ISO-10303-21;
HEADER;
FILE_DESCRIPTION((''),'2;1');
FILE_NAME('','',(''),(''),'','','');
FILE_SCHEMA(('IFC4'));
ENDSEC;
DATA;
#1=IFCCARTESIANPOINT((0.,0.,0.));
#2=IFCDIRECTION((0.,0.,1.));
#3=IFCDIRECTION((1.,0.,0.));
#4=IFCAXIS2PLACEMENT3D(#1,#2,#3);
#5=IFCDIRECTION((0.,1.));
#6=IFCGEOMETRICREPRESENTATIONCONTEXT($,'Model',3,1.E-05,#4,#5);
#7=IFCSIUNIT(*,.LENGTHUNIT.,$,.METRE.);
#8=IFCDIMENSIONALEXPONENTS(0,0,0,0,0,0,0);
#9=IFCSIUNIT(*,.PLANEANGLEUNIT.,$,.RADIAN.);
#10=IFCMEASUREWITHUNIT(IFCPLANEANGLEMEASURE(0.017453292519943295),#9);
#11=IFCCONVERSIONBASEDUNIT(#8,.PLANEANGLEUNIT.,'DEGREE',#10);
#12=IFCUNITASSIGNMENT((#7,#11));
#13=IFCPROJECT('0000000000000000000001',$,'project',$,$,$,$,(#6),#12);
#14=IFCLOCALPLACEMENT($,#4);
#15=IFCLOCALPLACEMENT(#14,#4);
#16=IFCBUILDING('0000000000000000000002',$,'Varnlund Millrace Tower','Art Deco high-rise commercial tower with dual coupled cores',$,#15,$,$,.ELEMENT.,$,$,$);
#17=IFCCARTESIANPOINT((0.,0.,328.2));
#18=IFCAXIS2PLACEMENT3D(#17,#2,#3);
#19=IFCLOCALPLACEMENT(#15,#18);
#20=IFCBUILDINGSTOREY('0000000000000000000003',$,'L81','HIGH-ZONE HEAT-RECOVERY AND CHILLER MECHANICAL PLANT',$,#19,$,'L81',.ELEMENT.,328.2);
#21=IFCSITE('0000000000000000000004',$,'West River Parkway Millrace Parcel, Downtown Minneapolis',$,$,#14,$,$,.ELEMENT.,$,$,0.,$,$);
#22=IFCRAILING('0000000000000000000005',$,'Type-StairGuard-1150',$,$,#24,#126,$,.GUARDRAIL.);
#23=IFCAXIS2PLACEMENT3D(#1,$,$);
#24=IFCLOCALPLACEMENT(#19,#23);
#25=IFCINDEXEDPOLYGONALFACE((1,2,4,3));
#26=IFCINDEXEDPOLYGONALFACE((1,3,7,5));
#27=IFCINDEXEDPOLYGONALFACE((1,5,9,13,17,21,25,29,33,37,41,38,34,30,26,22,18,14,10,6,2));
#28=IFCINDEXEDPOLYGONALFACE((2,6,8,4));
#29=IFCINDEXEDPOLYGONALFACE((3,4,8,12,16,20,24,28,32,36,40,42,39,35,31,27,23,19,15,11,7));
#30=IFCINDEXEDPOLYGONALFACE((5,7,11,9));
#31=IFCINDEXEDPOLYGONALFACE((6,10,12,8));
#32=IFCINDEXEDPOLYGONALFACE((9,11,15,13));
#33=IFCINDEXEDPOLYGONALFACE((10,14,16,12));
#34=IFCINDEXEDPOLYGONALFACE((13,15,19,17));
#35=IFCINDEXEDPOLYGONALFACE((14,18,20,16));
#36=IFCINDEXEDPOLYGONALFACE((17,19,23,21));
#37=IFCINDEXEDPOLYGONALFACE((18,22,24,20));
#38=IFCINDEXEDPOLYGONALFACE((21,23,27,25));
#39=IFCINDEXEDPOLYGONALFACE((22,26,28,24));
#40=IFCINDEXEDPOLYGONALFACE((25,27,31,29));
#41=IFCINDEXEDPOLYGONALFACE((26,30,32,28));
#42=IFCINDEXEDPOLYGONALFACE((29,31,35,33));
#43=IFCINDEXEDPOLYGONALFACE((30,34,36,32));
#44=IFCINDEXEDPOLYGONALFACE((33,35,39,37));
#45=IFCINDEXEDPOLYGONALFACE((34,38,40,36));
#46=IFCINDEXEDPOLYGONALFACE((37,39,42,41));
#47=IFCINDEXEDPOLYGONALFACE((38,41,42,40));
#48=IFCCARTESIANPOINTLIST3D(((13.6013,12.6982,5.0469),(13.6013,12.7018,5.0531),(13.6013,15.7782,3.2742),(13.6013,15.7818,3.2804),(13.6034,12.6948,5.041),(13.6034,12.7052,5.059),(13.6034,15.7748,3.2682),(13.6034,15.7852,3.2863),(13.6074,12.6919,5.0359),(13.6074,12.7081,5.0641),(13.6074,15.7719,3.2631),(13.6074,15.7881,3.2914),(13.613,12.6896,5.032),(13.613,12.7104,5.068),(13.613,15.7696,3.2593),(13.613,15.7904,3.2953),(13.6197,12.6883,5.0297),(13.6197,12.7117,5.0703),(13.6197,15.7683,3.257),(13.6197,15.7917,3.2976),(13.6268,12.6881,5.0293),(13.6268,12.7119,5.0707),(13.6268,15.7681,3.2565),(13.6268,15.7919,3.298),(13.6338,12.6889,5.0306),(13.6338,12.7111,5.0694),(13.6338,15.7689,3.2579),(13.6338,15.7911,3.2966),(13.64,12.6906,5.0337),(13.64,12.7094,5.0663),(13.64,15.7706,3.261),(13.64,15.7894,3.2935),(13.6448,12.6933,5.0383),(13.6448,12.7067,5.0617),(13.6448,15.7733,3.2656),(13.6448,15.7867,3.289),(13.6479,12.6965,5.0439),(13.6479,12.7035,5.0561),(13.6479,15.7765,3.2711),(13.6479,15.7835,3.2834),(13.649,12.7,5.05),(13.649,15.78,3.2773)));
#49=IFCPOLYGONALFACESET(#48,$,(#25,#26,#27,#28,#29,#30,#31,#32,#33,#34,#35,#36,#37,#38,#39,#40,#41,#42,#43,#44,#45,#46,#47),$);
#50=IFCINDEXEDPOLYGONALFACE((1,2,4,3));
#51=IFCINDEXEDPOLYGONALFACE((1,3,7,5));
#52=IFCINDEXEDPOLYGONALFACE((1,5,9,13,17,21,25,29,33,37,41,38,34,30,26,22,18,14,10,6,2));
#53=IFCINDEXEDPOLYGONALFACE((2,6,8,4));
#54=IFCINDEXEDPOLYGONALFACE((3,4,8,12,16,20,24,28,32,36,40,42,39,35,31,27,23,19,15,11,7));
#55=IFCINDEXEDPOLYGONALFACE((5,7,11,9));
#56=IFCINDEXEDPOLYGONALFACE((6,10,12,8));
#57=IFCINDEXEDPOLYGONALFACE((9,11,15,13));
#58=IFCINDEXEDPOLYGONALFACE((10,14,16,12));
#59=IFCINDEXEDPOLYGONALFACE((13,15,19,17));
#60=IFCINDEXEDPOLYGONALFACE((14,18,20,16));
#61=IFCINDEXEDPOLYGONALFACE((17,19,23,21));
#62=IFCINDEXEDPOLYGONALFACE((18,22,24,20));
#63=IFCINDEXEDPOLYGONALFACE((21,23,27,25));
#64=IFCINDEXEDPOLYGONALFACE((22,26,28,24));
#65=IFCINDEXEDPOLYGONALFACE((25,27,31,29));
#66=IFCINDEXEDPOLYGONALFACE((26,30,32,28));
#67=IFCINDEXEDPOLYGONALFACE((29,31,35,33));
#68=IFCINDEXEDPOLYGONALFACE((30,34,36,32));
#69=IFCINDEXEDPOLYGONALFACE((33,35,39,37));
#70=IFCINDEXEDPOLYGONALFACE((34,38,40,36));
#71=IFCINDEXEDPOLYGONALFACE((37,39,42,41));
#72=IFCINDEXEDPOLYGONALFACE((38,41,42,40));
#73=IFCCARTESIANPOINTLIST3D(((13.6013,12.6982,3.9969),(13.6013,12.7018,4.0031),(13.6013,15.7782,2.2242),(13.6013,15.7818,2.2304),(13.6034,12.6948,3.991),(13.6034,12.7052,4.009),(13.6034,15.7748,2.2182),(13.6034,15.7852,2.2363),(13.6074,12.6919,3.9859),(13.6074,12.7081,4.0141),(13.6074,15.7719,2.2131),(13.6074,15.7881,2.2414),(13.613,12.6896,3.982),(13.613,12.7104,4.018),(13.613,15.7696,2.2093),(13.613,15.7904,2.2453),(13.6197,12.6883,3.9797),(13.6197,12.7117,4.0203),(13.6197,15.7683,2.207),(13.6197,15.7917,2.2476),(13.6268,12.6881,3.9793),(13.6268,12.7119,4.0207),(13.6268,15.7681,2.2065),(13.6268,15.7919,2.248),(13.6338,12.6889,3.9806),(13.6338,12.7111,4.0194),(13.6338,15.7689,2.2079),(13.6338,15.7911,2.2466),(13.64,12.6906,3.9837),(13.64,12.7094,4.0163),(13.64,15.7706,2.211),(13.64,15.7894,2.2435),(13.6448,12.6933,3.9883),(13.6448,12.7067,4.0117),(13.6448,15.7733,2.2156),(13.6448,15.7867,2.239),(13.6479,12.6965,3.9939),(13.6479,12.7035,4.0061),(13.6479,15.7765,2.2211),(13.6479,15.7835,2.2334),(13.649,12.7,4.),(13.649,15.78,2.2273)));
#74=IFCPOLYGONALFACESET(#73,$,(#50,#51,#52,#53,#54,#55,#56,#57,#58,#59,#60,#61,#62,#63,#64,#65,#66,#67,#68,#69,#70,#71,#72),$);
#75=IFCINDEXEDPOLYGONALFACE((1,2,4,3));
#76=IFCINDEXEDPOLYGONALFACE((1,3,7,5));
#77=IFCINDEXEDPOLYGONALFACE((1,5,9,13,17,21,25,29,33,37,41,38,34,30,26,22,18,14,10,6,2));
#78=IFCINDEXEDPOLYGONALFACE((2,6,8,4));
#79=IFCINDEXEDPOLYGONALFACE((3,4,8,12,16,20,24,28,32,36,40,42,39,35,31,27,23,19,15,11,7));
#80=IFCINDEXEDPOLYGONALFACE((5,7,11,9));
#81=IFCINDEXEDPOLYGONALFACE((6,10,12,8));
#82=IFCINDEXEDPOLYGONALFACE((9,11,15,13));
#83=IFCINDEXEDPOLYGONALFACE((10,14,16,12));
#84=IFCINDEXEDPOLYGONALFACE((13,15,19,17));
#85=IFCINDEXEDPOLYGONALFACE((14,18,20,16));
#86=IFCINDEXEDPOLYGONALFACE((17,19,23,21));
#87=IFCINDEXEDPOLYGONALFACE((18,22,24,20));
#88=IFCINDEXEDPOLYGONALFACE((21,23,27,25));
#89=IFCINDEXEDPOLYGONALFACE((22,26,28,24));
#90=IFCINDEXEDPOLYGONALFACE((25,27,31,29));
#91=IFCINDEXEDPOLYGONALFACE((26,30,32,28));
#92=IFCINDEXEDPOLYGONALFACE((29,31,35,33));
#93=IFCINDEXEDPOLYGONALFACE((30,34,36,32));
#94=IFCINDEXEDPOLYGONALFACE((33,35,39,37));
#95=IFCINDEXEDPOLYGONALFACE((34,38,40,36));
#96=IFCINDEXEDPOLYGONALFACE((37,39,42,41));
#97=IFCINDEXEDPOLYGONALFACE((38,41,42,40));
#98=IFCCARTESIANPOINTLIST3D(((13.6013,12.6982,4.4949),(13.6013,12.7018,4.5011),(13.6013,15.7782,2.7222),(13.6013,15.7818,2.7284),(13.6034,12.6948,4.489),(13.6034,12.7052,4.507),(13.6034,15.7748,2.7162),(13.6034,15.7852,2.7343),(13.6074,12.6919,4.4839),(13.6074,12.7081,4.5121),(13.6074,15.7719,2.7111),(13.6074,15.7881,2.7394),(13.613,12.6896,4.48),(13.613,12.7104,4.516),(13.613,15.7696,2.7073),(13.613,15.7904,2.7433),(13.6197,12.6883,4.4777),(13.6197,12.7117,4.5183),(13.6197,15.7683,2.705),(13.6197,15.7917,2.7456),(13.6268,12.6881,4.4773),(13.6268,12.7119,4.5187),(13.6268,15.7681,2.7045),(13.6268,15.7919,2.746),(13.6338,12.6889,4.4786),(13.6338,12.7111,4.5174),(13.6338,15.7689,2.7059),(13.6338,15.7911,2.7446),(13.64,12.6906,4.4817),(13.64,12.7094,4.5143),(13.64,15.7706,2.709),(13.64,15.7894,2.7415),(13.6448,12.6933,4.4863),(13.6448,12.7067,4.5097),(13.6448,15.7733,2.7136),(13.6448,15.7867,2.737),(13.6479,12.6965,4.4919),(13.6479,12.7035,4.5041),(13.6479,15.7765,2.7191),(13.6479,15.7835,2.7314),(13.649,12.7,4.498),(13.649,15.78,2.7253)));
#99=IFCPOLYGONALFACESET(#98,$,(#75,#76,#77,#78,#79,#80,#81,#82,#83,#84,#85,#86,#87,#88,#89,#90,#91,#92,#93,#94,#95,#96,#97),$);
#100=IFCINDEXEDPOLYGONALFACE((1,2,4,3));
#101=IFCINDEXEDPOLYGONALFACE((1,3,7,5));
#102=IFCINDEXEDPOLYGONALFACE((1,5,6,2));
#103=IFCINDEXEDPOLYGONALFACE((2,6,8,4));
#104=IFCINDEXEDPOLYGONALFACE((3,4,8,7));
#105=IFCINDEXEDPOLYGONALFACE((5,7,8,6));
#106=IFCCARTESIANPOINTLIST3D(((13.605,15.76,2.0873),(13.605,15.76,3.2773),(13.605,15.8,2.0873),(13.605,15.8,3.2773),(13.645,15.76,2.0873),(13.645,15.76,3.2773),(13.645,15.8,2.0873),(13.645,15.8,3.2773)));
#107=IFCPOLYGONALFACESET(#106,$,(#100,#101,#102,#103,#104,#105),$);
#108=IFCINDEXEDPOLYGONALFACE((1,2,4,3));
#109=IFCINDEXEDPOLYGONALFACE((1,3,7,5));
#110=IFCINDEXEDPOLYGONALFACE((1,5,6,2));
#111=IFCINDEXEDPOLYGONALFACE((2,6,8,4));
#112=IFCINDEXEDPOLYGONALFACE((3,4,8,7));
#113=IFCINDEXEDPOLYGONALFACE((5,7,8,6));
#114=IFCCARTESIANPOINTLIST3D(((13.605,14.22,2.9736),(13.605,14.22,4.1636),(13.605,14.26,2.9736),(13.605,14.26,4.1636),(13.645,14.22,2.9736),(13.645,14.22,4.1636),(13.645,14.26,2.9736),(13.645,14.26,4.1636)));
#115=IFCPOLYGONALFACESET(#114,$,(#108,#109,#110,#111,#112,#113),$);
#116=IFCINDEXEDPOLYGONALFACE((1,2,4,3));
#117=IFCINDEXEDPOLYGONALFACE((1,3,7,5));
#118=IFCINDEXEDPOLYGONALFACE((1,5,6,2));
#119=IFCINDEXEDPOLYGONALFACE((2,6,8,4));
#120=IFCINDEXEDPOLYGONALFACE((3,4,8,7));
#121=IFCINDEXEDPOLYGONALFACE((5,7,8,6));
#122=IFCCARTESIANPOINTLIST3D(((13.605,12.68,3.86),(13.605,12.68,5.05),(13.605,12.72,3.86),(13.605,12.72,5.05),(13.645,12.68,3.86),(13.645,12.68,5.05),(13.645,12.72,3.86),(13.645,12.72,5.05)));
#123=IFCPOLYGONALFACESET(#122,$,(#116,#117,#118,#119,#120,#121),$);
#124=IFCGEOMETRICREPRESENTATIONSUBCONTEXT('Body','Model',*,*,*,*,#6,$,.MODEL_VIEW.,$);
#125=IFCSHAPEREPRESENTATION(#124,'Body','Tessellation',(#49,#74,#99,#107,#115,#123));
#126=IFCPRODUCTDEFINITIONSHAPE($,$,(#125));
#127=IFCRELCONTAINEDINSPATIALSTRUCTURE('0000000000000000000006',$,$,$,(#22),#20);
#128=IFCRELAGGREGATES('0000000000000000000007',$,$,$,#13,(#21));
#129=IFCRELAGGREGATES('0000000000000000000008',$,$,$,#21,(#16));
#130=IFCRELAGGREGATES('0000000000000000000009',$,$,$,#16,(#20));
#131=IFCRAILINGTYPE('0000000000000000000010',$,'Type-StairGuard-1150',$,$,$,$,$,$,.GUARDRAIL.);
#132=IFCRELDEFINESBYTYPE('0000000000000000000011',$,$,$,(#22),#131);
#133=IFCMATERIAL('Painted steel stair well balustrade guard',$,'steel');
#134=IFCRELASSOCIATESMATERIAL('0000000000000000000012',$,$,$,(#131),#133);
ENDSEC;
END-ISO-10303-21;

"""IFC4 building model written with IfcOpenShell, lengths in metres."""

from ifc_helpers import new_model, entity, si_unit, converted_unit, direction, frame, origin_with_axes, origin_2d_with_axis, place, context, subcontext, project, spatial, rectangle, circle, extrude, material, type_object, element, save


model = new_model("IFC4")

# Units and contexts
model_context = context("Model", 3, precision=1e-05, world=origin_with_axes(), true_north=direction((0.0, 1.0)))
body_context = subcontext(model_context, "Body", "Model", "MODEL_VIEW")
ifc_project = project(units=[si_unit("LENGTHUNIT", "METRE"), converted_unit("PLANEANGLEUNIT", "DEGREE", entity("IfcPlaneAngleMeasure", 0.017453292519943295), si_unit("PLANEANGLEUNIT", "RADIAN"), dimensions=[0, 0, 0, 0, 0, 0, 0])], contexts=[model_context])

# Site, building, storey
site_placement = place(None, origin_with_axes())
site = spatial("IfcSite", under=ifc_project, at=site_placement, Name="West River Parkway Millrace Parcel, Downtown Minneapolis", CompositionType="ELEMENT", RefElevation=0.0)
building_placement = place(site_placement, origin_with_axes())
building = spatial("IfcBuilding", under=site, at=building_placement, Name="Varnlund Millrace Tower", Description="Art Deco high-rise commercial tower with dual coupled cores", CompositionType="ELEMENT")
storey_placement = place(building_placement, frame((0.0, 0.0, 328.2), z_axis=(0.0, 0.0, 1.0), x_axis=(1.0, 0.0, 0.0)))
storey = spatial("IfcBuildingStorey", under=building, at=storey_placement, Name="L81", Description="HIGH-ZONE HEAT-RECOVERY AND CHILLER MECHANICAL PLANT", LongName="L81", CompositionType="ELEMENT", Elevation=328.2)

# Railing
ifc_material_1 = material(Name="Painted steel stair well balustrade guard", Category="steel")
railing_type_1 = type_object("IfcRailingType", Name="Type-StairGuard-1150", PredefinedType="GUARDRAIL", material=ifc_material_1)
railing_1_placement = place(storey_placement, frame((0.0, 0.0, -328.2), z_axis=(0.0, 0.0, 1.0), x_axis=(1.0, 0.0, 0.0)))
element("IfcRailing", 1, at=railing_1_placement, inside=storey, type_object=railing_type_1, Name="Type-StairGuard-1150", PredefinedType="GUARDRAIL", context=body_context, shape_type="SweptSolid", body=[
    extrude(circle(Radius=0.024, at=origin_2d_with_axis()), frame((13.625, 15.78, 331.4773), z_axis=(0.0, -0.866696, 0.498836), x_axis=(1.0, 0.0, 0.0)), (0.0, 0.0, 1.0), 3.5537),
    extrude(circle(Radius=0.024, at=origin_2d_with_axis()), frame((13.625, 15.78, 330.4273), z_axis=(0.0, -0.866696, 0.498836), x_axis=(1.0, 0.0, 0.0)), (0.0, 0.0, 1.0), 3.5537),
    extrude(circle(Radius=0.024, at=origin_2d_with_axis()), frame((13.625, 15.78, 330.9253), z_axis=(0.0, -0.866696, 0.498836), x_axis=(1.0, 0.0, 0.0)), (0.0, 0.0, 1.0), 3.5537),
    extrude(rectangle(XDim=0.04, YDim=0.04, at=origin_2d_with_axis()), frame((13.625, 15.78, 330.2873), z_axis=(0.0, 0.0, 1.0), x_axis=(1.0, 0.0, 0.0)), (0.0, 0.0, 1.0), 1.19),
    extrude(rectangle(XDim=0.04, YDim=0.04, at=origin_2d_with_axis()), frame((13.625, 14.24, 331.1736), z_axis=(0.0, 0.0, 1.0), x_axis=(1.0, 0.0, 0.0)), (0.0, 0.0, 1.0), 1.19),
    extrude(rectangle(XDim=0.04, YDim=0.04, at=origin_2d_with_axis()), frame((13.625, 12.7, 332.06), z_axis=(0.0, 0.0, 1.0), x_axis=(1.0, 0.0, 0.0)), (0.0, 0.0, 1.0), 1.19),
])

save(model, "model.ifc")
